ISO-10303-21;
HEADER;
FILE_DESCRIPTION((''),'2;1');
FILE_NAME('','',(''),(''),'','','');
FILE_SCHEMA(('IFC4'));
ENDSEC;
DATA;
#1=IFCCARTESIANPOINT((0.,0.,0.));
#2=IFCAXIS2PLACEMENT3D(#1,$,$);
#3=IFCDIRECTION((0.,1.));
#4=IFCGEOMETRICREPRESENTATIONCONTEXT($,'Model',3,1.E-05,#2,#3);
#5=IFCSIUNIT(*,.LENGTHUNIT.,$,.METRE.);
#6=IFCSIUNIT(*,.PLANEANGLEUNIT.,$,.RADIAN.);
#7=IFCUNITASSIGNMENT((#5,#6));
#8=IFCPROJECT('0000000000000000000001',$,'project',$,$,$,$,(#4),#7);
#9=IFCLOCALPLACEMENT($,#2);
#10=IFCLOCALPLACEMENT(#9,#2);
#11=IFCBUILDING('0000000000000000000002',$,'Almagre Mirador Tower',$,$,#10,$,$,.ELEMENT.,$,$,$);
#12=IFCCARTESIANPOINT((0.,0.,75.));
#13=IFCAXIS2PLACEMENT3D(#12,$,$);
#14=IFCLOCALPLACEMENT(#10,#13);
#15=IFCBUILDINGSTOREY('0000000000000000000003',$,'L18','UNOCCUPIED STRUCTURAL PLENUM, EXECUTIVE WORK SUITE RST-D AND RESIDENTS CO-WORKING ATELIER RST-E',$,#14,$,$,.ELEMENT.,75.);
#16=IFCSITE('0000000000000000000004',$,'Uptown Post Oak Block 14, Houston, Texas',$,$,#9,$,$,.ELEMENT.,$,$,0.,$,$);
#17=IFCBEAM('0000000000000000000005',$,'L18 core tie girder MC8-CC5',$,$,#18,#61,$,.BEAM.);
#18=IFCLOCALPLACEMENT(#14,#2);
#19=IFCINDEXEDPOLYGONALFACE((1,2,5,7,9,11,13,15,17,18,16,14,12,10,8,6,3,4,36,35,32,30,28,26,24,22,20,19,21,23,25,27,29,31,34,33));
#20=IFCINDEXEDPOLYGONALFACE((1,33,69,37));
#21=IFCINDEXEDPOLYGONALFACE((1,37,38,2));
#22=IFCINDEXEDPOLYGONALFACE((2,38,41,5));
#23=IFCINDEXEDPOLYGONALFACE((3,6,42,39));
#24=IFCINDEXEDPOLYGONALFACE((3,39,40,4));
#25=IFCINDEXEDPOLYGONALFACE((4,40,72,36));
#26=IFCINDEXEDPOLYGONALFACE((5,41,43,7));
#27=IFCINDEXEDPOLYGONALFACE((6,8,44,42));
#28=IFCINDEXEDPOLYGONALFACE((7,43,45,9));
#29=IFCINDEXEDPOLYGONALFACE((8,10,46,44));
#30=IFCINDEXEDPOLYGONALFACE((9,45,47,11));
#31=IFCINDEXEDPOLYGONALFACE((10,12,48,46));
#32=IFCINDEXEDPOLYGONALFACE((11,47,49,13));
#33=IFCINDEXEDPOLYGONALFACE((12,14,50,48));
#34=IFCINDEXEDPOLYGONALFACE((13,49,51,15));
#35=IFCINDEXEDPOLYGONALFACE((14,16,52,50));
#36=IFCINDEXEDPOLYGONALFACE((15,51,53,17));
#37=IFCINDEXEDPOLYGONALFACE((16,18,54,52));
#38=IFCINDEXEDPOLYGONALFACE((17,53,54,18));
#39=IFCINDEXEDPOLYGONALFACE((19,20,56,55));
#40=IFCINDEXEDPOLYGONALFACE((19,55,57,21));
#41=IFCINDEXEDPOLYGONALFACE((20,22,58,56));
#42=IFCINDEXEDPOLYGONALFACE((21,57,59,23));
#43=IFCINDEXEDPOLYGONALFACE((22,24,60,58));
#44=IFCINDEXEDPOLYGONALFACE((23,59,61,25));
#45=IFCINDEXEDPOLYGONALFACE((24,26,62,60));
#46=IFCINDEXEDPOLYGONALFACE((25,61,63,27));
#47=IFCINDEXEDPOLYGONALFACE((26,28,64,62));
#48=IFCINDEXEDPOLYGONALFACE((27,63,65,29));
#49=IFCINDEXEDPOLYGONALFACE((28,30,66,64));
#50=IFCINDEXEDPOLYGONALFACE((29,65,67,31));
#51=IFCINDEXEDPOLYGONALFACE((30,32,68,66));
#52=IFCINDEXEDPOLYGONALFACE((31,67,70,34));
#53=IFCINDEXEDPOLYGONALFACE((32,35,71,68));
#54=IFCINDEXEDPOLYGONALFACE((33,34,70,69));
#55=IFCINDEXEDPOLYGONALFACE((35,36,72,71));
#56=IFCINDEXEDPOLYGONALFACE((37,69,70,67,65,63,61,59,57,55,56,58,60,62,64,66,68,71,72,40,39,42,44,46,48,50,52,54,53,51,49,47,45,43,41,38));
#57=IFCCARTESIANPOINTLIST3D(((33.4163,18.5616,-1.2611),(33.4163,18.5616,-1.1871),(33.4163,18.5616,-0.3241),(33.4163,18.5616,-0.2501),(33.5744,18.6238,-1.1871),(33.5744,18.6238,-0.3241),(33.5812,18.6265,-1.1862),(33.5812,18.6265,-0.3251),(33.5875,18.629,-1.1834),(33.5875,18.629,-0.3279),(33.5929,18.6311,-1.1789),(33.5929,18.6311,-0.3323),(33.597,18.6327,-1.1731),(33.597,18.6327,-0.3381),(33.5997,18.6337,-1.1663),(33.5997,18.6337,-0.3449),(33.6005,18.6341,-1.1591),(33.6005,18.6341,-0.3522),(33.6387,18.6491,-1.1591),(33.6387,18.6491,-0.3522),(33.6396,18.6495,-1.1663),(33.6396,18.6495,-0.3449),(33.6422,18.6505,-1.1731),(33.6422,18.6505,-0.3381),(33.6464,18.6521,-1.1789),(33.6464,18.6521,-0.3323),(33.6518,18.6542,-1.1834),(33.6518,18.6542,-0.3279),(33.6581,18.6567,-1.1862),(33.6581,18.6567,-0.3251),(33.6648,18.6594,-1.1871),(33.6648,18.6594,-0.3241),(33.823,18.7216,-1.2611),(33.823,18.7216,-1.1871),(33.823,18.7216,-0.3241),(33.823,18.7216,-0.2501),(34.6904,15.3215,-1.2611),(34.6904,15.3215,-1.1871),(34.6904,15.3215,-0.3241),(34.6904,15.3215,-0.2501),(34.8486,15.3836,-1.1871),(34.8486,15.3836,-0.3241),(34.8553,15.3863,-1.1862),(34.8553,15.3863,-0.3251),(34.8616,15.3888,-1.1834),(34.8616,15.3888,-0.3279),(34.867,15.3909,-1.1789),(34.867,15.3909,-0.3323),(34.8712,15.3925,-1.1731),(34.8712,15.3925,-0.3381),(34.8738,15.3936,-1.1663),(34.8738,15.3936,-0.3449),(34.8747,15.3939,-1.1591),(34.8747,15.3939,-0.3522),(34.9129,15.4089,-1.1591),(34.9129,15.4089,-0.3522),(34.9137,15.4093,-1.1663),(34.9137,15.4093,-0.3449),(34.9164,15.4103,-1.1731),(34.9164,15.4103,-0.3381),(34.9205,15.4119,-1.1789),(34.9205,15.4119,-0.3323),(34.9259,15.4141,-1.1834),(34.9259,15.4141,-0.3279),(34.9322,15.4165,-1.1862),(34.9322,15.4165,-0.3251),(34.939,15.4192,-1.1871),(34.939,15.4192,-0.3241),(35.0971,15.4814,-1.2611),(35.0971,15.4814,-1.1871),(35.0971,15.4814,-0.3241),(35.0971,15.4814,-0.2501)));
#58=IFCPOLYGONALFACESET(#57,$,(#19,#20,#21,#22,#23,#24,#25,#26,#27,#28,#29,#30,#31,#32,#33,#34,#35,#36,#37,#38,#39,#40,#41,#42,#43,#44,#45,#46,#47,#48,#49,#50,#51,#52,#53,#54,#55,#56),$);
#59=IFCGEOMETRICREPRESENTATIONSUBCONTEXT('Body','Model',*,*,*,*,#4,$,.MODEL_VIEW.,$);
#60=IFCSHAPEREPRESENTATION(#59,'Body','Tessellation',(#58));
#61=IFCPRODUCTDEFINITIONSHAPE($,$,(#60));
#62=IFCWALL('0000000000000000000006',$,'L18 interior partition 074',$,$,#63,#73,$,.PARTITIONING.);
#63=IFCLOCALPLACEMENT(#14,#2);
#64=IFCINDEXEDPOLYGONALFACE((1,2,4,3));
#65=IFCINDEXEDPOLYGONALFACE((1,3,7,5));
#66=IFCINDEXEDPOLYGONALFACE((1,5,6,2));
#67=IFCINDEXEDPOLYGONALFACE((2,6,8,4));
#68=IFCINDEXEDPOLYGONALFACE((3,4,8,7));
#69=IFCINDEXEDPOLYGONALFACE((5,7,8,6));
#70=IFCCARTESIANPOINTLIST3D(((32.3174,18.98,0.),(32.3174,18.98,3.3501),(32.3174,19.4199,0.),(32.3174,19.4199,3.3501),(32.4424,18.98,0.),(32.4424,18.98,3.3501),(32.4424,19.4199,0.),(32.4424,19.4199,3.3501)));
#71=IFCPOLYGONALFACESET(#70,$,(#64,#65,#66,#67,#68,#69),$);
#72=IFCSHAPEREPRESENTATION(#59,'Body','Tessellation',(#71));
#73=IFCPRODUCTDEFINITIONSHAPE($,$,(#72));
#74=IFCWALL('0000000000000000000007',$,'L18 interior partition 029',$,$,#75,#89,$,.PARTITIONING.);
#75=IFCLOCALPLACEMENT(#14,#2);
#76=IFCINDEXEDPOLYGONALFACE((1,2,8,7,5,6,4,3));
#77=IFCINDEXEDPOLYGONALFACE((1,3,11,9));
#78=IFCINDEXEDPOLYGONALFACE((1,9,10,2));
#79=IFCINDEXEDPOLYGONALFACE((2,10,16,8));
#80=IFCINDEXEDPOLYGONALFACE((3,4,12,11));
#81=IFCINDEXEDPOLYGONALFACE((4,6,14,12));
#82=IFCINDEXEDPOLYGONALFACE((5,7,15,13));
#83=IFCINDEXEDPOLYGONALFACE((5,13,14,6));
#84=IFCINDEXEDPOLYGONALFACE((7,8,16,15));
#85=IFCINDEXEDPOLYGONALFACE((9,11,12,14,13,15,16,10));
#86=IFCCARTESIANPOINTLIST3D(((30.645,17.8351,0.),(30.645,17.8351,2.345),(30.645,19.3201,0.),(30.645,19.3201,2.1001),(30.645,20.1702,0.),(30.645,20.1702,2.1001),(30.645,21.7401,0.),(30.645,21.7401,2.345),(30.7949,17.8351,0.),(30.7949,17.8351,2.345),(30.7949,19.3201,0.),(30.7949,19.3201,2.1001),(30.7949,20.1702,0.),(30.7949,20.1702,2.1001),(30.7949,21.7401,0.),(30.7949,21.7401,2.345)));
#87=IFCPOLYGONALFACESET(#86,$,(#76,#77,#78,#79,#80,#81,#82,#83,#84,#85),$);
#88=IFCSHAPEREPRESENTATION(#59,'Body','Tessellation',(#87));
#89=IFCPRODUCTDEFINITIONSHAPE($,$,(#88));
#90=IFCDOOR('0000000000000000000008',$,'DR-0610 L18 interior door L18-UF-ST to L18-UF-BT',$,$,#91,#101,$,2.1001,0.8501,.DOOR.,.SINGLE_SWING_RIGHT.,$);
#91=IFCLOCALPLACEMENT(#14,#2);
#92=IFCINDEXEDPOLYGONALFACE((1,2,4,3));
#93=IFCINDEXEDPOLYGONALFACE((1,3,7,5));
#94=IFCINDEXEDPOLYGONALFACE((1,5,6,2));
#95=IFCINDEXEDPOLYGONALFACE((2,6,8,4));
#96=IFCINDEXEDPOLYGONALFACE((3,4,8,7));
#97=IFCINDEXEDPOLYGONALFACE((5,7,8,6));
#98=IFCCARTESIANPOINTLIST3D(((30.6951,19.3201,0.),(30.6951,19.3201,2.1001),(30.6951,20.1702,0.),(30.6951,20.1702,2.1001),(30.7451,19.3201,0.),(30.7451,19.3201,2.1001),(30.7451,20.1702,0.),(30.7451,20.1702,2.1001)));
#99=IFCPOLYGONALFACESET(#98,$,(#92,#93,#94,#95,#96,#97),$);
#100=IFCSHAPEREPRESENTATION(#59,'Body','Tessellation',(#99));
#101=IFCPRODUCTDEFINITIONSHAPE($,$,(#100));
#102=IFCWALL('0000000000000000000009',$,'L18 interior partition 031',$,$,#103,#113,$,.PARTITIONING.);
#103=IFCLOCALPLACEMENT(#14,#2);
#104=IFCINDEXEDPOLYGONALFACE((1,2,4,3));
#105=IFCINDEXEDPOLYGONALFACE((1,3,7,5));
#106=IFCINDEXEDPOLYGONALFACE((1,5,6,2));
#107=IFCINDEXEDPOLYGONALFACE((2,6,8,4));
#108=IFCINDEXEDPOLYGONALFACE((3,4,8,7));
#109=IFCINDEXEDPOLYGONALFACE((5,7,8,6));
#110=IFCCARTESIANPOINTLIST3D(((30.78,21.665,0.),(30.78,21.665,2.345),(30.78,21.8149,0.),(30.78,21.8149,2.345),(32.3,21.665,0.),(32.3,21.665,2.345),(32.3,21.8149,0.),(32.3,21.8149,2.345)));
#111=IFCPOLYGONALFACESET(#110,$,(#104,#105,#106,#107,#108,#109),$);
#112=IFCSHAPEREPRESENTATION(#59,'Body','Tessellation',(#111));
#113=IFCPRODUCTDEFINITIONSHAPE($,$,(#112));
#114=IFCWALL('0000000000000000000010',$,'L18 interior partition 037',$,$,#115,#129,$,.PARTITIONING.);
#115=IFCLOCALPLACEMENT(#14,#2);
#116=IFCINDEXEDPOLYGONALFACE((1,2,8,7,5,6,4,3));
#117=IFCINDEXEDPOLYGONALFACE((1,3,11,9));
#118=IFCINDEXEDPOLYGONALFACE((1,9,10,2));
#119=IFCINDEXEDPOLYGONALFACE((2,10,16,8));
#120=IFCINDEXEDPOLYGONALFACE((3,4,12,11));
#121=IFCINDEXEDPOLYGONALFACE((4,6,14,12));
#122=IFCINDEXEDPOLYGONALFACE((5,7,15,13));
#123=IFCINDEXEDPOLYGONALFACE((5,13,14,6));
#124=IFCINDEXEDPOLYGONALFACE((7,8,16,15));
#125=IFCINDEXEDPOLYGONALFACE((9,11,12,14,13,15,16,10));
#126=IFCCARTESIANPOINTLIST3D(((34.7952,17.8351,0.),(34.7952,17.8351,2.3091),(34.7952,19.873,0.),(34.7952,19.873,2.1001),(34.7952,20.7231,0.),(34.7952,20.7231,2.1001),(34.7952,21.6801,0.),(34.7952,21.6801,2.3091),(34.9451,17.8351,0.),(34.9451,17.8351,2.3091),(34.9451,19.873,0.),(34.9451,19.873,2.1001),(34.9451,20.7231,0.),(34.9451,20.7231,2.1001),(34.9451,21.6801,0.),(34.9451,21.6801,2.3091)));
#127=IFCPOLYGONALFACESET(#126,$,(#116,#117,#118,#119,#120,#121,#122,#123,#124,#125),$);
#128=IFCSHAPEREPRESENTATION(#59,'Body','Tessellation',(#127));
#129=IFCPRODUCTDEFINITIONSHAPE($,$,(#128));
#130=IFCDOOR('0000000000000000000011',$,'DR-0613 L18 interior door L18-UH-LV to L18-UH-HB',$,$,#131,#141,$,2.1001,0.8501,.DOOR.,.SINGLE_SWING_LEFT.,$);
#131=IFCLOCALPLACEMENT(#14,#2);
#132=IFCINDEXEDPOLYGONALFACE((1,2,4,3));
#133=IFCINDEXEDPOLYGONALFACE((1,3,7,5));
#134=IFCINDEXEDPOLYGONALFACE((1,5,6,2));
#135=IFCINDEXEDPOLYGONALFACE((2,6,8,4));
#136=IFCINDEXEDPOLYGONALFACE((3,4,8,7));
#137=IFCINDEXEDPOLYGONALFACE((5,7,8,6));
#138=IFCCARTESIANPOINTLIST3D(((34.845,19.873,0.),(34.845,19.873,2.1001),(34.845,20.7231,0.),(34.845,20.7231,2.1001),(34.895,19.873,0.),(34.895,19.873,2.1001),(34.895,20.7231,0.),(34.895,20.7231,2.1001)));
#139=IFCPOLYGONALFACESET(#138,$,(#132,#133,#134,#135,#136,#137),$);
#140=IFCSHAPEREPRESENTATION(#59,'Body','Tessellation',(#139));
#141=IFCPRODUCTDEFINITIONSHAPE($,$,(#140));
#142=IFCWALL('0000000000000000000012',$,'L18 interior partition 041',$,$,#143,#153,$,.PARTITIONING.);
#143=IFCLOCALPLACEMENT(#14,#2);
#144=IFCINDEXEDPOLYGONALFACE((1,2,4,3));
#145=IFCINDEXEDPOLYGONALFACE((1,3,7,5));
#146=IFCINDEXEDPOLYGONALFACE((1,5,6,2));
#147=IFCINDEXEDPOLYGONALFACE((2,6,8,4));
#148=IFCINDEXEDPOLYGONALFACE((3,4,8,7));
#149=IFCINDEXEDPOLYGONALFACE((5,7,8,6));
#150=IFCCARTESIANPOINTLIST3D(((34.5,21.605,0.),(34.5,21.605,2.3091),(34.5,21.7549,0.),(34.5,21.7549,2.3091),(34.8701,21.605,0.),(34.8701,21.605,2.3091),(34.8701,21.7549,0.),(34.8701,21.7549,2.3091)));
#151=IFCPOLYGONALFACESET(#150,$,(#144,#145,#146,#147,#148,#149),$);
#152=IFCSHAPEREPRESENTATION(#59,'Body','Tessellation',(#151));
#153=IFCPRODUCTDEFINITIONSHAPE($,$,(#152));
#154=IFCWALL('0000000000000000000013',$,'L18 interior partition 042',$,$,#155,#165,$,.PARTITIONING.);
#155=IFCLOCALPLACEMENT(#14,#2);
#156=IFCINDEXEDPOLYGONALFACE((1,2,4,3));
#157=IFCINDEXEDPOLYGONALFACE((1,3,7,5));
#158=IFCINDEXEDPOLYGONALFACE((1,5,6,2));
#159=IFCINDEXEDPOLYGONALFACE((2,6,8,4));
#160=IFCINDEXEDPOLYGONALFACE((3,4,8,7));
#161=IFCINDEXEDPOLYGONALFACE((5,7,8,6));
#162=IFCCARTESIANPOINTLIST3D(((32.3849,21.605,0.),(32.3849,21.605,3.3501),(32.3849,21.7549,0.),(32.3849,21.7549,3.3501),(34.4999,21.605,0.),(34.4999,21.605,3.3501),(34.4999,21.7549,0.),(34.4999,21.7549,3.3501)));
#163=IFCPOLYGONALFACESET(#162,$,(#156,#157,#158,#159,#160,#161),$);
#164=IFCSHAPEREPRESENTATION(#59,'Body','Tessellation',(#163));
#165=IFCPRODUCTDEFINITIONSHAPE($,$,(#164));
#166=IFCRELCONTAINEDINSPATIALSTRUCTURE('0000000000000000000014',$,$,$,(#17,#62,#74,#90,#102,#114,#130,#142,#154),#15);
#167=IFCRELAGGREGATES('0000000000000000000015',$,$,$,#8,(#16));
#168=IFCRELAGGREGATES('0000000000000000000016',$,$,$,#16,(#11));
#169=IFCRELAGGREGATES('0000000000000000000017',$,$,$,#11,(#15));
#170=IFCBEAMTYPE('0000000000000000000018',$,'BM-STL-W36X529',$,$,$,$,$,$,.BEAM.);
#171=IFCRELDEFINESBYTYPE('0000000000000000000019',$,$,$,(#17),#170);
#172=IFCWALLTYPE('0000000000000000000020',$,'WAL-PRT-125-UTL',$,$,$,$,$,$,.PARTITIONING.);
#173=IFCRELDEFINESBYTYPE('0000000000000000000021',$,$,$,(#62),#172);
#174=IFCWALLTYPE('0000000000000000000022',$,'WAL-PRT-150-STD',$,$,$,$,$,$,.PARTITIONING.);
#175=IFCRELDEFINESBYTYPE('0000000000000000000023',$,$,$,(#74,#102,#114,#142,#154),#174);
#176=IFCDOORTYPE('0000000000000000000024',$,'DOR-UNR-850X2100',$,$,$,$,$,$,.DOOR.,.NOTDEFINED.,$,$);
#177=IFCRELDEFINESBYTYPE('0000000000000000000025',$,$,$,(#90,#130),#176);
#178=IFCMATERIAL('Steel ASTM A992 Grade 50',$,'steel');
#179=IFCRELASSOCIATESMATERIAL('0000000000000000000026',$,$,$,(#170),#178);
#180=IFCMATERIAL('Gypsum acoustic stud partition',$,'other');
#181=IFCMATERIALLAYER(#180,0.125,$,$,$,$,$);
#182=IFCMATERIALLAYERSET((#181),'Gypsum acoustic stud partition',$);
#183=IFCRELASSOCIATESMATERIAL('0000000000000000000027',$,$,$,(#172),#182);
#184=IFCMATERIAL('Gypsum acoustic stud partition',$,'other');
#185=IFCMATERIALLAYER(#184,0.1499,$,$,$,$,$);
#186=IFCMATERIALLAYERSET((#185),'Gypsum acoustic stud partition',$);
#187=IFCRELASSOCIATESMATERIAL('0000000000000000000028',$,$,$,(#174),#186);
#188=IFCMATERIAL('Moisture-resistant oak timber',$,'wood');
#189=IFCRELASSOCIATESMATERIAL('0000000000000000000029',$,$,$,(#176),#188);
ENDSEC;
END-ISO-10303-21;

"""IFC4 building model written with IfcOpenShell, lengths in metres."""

from ifc_helpers import new_model, si_unit, direction, frame, frame_2d, origin, origin_2d, place, context, subcontext, project, spatial, rectangle, i_section, extrude, material, layer, layer_set, material_profile, profile_set, type_object, element, fill, save


model = new_model("IFC4")

# Units and contexts
model_context = context("Model", 3, precision=1e-05, world=origin(), true_north=direction((0.0, 1.0)))
body_context = subcontext(model_context, "Body", "Model", "MODEL_VIEW")
ifc_project = project(units=[si_unit("LENGTHUNIT", "METRE"), si_unit("PLANEANGLEUNIT", "RADIAN")], contexts=[model_context])

# Site, building, storey
site_placement = place(None, origin())
site = spatial("IfcSite", under=ifc_project, at=site_placement, Name="Uptown Post Oak Block 14, Houston, Texas", CompositionType="ELEMENT", RefElevation=0.0)
building_placement = place(site_placement, origin())
building = spatial("IfcBuilding", under=site, at=building_placement, Name="Almagre Mirador Tower", CompositionType="ELEMENT")
storey_placement = place(building_placement, frame((0.0, 0.0, 75.0)))
storey = spatial("IfcBuildingStorey", under=building, at=storey_placement, Name="L18", Description="UNOCCUPIED STRUCTURAL PLENUM, EXECUTIVE WORK SUITE RST-D AND RESIDENTS CO-WORKING ATELIER RST-E", CompositionType="ELEMENT", Elevation=75.0)

# Beam
ifc_material_1 = material(Name="Steel ASTM A992 Grade 50", Category="steel")
ifc_material_profile_1 = material_profile(ifc_material_1, i_section(OverallWidth=0.437, OverallDepth=1.011, WebThickness=0.041, FlangeThickness=0.074, FilletRadius=0.0281, at=origin_2d()), Name="W36X529")
ifc_profile_set_1 = profile_set([ifc_material_profile_1], Name="Steel ASTM A992 Grade 50")
beam_type_1 = type_object("IfcBeamType", Name="BM-STL-W36X529", PredefinedType="BEAM", material=ifc_profile_set_1)
beam_1_placement = place(storey_placement, frame((33.6196, 18.6416, -0.7556), z_axis=(0.365956, -0.930632, 0.0), x_axis=(0.930632, 0.365956, 0.0)))
element("IfcBeam", 1, at=beam_1_placement, inside=storey, type_object=beam_type_1, Name="L18 core tie girder MC8-CC5", PredefinedType="BEAM", context=body_context, shape_type="SweptSolid", body=[
    extrude(i_section(OverallWidth=0.437, OverallDepth=1.011, WebThickness=0.041, FlangeThickness=0.074, FilletRadius=0.0281, at=origin_2d()), origin(), (0.0, 0.0, 1.0), 3.4817),
])

# Wall
ifc_material_2 = material(Name="Gypsum acoustic stud partition", Category="other")
ifc_layer_1 = layer(ifc_material_2, 0.125)
ifc_layer_set_1 = layer_set([ifc_layer_1], Name="Gypsum acoustic stud partition")
wall_type_1 = type_object("IfcWallType", Name="WAL-PRT-125-UTL", PredefinedType="PARTITIONING", material=ifc_layer_set_1)
wall_1_placement = place(storey_placement, frame((32.3799, 18.98, 0.0), z_axis=(0.0, 0.0, 1.0), x_axis=(0.0, 1.0, 0.0)))
element("IfcWall", 2, at=wall_1_placement, inside=storey, type_object=wall_type_1, Name="L18 interior partition 074", PredefinedType="PARTITIONING", context=body_context, shape_type="SweptSolid", body=[
    extrude(rectangle(XDim=0.4399, YDim=0.125, at=frame_2d((0.22, 0.0))), origin(), (0.0, 0.0, 1.0), 3.3501),
])

# Wall, opening, door
ifc_material_3 = material(Name="Gypsum acoustic stud partition", Category="other")
ifc_layer_2 = layer(ifc_material_3, 0.1499)
ifc_layer_set_2 = layer_set([ifc_layer_2], Name="Gypsum acoustic stud partition")
wall_type_2 = type_object("IfcWallType", Name="WAL-PRT-150-STD", PredefinedType="PARTITIONING", material=ifc_layer_set_2)
wall_2_placement = place(storey_placement, frame((30.72, 17.835, 0.0), z_axis=(0.0, 0.0, 1.0), x_axis=(0.0, 1.0, 0.0)))
wall_2 = element("IfcWall", 3, at=wall_2_placement, inside=storey, type_object=wall_type_2, Name="L18 interior partition 029", PredefinedType="PARTITIONING", context=body_context, shape_type="SweptSolid", body=[
    extrude(rectangle(XDim=3.905, YDim=0.1499, at=frame_2d((1.9526, 0.0))), origin(), (0.0, 0.0, 1.0), 2.345),
])
opening_1_placement = place(wall_2_placement, frame((1.4851, 0.0, 0.0)))
opening_1 = element("IfcOpeningElement", 4, at=opening_1_placement, cuts=wall_2, PredefinedType="OPENING", context=body_context, shape_type="SweptSolid", body=[
    extrude(rectangle(XDim=0.8501, YDim=2.1001, at=frame_2d((0.425, 1.05))), frame((0.0, 0.085, 0.0), z_axis=(0.0, -1.0, 0.0), x_axis=(1.0, 0.0, 0.0)), (0.0, 0.0, 1.0), 0.1699),
])
ifc_material_4 = material(Name="Moisture-resistant oak timber", Category="wood")
door_type_1 = type_object("IfcDoorType", Name="DOR-UNR-850X2100", OperationType="NOTDEFINED", PredefinedType="DOOR", material=ifc_material_4)
door_1_placement = place(opening_1_placement, origin())
door_1 = element("IfcDoor", 5, at=door_1_placement, inside=storey, type_object=door_type_1, Name="DR-0610 L18 interior door L18-UF-ST to L18-UF-BT", OperationType="SINGLE_SWING_RIGHT", OverallHeight=2.1001, OverallWidth=0.8501, PredefinedType="DOOR", context=body_context, shape_type="SweptSolid", body=[
    extrude(rectangle(XDim=0.8501, YDim=2.1001, at=frame_2d((0.425, 1.05))), frame((0.0, 0.0249, 0.0), z_axis=(0.0, -1.0, 0.0), x_axis=(1.0, 0.0, 0.0)), (0.0, 0.0, 1.0), 0.05),
])
fill(opening_1, door_1)

# Wall
wall_3_placement = place(storey_placement, frame((30.78, 21.74, 0.0), z_axis=(0.0, 0.0, 1.0), x_axis=(1.0, 0.0, 0.0)))
element("IfcWall", 6, at=wall_3_placement, inside=storey, type_object=wall_type_2, Name="L18 interior partition 031", PredefinedType="PARTITIONING", context=body_context, shape_type="SweptSolid", body=[
    extrude(rectangle(XDim=1.52, YDim=0.1499, at=frame_2d((0.76, 0.0))), origin(), (0.0, 0.0, 1.0), 2.345),
])

# Wall, opening, door
wall_4_placement = place(storey_placement, frame((34.8701, 21.6799, 0.0), z_axis=(0.0, 0.0, 1.0), x_axis=(0.0, -1.0, 0.0)))
wall_4 = element("IfcWall", 7, at=wall_4_placement, inside=storey, type_object=wall_type_2, Name="L18 interior partition 037", PredefinedType="PARTITIONING", context=body_context, shape_type="SweptSolid", body=[
    extrude(rectangle(XDim=3.845, YDim=0.1499, at=frame_2d((1.9224, 0.0))), origin(), (0.0, 0.0, 1.0), 2.3091),
])
opening_2_placement = place(wall_4_placement, frame((0.9568, 0.0, 0.0)))
opening_2 = element("IfcOpeningElement", 8, at=opening_2_placement, cuts=wall_4, PredefinedType="OPENING", context=body_context, shape_type="SweptSolid", body=[
    extrude(rectangle(XDim=0.8501, YDim=2.1001, at=frame_2d((0.425, 1.05))), frame((0.0, 0.085, 0.0), z_axis=(0.0, -1.0, 0.0), x_axis=(1.0, 0.0, 0.0)), (0.0, 0.0, 1.0), 0.1699),
])
door_2_placement = place(opening_2_placement, origin())
door_2 = element("IfcDoor", 9, at=door_2_placement, inside=storey, type_object=door_type_1, Name="DR-0613 L18 interior door L18-UH-LV to L18-UH-HB", OperationType="SINGLE_SWING_LEFT", OverallHeight=2.1001, OverallWidth=0.8501, PredefinedType="DOOR", context=body_context, shape_type="SweptSolid", body=[
    extrude(rectangle(XDim=0.8501, YDim=2.1001, at=frame_2d((0.425, 1.05))), frame((0.0, 0.0249, 0.0), z_axis=(0.0, -1.0, 0.0), x_axis=(1.0, 0.0, 0.0)), (0.0, 0.0, 1.0), 0.05),
])
fill(opening_2, door_2)

# Walls
wall_5_placement = place(storey_placement, frame((34.8701, 21.6799, 0.0), z_axis=(0.0, 0.0, 1.0), x_axis=(-1.0, 0.0, 0.0)))
element("IfcWall", 10, at=wall_5_placement, inside=storey, type_object=wall_type_2, Name="L18 interior partition 041", PredefinedType="PARTITIONING", context=body_context, shape_type="SweptSolid", body=[
    extrude(rectangle(XDim=0.3701, YDim=0.1499, at=frame_2d((0.1851, 0.0))), origin(), (0.0, 0.0, 1.0), 2.3091),
])
wall_6_placement = place(storey_placement, frame((34.5, 21.6799, 0.0), z_axis=(0.0, 0.0, 1.0), x_axis=(-1.0, 0.0, 0.0)))
element("IfcWall", 11, at=wall_6_placement, inside=storey, type_object=wall_type_2, Name="L18 interior partition 042", PredefinedType="PARTITIONING", context=body_context, shape_type="SweptSolid", body=[
    extrude(rectangle(XDim=2.115, YDim=0.1499, at=frame_2d((1.0576, 0.0))), origin(), (0.0, 0.0, 1.0), 3.3501),
])

save(model, "model.ifc")
